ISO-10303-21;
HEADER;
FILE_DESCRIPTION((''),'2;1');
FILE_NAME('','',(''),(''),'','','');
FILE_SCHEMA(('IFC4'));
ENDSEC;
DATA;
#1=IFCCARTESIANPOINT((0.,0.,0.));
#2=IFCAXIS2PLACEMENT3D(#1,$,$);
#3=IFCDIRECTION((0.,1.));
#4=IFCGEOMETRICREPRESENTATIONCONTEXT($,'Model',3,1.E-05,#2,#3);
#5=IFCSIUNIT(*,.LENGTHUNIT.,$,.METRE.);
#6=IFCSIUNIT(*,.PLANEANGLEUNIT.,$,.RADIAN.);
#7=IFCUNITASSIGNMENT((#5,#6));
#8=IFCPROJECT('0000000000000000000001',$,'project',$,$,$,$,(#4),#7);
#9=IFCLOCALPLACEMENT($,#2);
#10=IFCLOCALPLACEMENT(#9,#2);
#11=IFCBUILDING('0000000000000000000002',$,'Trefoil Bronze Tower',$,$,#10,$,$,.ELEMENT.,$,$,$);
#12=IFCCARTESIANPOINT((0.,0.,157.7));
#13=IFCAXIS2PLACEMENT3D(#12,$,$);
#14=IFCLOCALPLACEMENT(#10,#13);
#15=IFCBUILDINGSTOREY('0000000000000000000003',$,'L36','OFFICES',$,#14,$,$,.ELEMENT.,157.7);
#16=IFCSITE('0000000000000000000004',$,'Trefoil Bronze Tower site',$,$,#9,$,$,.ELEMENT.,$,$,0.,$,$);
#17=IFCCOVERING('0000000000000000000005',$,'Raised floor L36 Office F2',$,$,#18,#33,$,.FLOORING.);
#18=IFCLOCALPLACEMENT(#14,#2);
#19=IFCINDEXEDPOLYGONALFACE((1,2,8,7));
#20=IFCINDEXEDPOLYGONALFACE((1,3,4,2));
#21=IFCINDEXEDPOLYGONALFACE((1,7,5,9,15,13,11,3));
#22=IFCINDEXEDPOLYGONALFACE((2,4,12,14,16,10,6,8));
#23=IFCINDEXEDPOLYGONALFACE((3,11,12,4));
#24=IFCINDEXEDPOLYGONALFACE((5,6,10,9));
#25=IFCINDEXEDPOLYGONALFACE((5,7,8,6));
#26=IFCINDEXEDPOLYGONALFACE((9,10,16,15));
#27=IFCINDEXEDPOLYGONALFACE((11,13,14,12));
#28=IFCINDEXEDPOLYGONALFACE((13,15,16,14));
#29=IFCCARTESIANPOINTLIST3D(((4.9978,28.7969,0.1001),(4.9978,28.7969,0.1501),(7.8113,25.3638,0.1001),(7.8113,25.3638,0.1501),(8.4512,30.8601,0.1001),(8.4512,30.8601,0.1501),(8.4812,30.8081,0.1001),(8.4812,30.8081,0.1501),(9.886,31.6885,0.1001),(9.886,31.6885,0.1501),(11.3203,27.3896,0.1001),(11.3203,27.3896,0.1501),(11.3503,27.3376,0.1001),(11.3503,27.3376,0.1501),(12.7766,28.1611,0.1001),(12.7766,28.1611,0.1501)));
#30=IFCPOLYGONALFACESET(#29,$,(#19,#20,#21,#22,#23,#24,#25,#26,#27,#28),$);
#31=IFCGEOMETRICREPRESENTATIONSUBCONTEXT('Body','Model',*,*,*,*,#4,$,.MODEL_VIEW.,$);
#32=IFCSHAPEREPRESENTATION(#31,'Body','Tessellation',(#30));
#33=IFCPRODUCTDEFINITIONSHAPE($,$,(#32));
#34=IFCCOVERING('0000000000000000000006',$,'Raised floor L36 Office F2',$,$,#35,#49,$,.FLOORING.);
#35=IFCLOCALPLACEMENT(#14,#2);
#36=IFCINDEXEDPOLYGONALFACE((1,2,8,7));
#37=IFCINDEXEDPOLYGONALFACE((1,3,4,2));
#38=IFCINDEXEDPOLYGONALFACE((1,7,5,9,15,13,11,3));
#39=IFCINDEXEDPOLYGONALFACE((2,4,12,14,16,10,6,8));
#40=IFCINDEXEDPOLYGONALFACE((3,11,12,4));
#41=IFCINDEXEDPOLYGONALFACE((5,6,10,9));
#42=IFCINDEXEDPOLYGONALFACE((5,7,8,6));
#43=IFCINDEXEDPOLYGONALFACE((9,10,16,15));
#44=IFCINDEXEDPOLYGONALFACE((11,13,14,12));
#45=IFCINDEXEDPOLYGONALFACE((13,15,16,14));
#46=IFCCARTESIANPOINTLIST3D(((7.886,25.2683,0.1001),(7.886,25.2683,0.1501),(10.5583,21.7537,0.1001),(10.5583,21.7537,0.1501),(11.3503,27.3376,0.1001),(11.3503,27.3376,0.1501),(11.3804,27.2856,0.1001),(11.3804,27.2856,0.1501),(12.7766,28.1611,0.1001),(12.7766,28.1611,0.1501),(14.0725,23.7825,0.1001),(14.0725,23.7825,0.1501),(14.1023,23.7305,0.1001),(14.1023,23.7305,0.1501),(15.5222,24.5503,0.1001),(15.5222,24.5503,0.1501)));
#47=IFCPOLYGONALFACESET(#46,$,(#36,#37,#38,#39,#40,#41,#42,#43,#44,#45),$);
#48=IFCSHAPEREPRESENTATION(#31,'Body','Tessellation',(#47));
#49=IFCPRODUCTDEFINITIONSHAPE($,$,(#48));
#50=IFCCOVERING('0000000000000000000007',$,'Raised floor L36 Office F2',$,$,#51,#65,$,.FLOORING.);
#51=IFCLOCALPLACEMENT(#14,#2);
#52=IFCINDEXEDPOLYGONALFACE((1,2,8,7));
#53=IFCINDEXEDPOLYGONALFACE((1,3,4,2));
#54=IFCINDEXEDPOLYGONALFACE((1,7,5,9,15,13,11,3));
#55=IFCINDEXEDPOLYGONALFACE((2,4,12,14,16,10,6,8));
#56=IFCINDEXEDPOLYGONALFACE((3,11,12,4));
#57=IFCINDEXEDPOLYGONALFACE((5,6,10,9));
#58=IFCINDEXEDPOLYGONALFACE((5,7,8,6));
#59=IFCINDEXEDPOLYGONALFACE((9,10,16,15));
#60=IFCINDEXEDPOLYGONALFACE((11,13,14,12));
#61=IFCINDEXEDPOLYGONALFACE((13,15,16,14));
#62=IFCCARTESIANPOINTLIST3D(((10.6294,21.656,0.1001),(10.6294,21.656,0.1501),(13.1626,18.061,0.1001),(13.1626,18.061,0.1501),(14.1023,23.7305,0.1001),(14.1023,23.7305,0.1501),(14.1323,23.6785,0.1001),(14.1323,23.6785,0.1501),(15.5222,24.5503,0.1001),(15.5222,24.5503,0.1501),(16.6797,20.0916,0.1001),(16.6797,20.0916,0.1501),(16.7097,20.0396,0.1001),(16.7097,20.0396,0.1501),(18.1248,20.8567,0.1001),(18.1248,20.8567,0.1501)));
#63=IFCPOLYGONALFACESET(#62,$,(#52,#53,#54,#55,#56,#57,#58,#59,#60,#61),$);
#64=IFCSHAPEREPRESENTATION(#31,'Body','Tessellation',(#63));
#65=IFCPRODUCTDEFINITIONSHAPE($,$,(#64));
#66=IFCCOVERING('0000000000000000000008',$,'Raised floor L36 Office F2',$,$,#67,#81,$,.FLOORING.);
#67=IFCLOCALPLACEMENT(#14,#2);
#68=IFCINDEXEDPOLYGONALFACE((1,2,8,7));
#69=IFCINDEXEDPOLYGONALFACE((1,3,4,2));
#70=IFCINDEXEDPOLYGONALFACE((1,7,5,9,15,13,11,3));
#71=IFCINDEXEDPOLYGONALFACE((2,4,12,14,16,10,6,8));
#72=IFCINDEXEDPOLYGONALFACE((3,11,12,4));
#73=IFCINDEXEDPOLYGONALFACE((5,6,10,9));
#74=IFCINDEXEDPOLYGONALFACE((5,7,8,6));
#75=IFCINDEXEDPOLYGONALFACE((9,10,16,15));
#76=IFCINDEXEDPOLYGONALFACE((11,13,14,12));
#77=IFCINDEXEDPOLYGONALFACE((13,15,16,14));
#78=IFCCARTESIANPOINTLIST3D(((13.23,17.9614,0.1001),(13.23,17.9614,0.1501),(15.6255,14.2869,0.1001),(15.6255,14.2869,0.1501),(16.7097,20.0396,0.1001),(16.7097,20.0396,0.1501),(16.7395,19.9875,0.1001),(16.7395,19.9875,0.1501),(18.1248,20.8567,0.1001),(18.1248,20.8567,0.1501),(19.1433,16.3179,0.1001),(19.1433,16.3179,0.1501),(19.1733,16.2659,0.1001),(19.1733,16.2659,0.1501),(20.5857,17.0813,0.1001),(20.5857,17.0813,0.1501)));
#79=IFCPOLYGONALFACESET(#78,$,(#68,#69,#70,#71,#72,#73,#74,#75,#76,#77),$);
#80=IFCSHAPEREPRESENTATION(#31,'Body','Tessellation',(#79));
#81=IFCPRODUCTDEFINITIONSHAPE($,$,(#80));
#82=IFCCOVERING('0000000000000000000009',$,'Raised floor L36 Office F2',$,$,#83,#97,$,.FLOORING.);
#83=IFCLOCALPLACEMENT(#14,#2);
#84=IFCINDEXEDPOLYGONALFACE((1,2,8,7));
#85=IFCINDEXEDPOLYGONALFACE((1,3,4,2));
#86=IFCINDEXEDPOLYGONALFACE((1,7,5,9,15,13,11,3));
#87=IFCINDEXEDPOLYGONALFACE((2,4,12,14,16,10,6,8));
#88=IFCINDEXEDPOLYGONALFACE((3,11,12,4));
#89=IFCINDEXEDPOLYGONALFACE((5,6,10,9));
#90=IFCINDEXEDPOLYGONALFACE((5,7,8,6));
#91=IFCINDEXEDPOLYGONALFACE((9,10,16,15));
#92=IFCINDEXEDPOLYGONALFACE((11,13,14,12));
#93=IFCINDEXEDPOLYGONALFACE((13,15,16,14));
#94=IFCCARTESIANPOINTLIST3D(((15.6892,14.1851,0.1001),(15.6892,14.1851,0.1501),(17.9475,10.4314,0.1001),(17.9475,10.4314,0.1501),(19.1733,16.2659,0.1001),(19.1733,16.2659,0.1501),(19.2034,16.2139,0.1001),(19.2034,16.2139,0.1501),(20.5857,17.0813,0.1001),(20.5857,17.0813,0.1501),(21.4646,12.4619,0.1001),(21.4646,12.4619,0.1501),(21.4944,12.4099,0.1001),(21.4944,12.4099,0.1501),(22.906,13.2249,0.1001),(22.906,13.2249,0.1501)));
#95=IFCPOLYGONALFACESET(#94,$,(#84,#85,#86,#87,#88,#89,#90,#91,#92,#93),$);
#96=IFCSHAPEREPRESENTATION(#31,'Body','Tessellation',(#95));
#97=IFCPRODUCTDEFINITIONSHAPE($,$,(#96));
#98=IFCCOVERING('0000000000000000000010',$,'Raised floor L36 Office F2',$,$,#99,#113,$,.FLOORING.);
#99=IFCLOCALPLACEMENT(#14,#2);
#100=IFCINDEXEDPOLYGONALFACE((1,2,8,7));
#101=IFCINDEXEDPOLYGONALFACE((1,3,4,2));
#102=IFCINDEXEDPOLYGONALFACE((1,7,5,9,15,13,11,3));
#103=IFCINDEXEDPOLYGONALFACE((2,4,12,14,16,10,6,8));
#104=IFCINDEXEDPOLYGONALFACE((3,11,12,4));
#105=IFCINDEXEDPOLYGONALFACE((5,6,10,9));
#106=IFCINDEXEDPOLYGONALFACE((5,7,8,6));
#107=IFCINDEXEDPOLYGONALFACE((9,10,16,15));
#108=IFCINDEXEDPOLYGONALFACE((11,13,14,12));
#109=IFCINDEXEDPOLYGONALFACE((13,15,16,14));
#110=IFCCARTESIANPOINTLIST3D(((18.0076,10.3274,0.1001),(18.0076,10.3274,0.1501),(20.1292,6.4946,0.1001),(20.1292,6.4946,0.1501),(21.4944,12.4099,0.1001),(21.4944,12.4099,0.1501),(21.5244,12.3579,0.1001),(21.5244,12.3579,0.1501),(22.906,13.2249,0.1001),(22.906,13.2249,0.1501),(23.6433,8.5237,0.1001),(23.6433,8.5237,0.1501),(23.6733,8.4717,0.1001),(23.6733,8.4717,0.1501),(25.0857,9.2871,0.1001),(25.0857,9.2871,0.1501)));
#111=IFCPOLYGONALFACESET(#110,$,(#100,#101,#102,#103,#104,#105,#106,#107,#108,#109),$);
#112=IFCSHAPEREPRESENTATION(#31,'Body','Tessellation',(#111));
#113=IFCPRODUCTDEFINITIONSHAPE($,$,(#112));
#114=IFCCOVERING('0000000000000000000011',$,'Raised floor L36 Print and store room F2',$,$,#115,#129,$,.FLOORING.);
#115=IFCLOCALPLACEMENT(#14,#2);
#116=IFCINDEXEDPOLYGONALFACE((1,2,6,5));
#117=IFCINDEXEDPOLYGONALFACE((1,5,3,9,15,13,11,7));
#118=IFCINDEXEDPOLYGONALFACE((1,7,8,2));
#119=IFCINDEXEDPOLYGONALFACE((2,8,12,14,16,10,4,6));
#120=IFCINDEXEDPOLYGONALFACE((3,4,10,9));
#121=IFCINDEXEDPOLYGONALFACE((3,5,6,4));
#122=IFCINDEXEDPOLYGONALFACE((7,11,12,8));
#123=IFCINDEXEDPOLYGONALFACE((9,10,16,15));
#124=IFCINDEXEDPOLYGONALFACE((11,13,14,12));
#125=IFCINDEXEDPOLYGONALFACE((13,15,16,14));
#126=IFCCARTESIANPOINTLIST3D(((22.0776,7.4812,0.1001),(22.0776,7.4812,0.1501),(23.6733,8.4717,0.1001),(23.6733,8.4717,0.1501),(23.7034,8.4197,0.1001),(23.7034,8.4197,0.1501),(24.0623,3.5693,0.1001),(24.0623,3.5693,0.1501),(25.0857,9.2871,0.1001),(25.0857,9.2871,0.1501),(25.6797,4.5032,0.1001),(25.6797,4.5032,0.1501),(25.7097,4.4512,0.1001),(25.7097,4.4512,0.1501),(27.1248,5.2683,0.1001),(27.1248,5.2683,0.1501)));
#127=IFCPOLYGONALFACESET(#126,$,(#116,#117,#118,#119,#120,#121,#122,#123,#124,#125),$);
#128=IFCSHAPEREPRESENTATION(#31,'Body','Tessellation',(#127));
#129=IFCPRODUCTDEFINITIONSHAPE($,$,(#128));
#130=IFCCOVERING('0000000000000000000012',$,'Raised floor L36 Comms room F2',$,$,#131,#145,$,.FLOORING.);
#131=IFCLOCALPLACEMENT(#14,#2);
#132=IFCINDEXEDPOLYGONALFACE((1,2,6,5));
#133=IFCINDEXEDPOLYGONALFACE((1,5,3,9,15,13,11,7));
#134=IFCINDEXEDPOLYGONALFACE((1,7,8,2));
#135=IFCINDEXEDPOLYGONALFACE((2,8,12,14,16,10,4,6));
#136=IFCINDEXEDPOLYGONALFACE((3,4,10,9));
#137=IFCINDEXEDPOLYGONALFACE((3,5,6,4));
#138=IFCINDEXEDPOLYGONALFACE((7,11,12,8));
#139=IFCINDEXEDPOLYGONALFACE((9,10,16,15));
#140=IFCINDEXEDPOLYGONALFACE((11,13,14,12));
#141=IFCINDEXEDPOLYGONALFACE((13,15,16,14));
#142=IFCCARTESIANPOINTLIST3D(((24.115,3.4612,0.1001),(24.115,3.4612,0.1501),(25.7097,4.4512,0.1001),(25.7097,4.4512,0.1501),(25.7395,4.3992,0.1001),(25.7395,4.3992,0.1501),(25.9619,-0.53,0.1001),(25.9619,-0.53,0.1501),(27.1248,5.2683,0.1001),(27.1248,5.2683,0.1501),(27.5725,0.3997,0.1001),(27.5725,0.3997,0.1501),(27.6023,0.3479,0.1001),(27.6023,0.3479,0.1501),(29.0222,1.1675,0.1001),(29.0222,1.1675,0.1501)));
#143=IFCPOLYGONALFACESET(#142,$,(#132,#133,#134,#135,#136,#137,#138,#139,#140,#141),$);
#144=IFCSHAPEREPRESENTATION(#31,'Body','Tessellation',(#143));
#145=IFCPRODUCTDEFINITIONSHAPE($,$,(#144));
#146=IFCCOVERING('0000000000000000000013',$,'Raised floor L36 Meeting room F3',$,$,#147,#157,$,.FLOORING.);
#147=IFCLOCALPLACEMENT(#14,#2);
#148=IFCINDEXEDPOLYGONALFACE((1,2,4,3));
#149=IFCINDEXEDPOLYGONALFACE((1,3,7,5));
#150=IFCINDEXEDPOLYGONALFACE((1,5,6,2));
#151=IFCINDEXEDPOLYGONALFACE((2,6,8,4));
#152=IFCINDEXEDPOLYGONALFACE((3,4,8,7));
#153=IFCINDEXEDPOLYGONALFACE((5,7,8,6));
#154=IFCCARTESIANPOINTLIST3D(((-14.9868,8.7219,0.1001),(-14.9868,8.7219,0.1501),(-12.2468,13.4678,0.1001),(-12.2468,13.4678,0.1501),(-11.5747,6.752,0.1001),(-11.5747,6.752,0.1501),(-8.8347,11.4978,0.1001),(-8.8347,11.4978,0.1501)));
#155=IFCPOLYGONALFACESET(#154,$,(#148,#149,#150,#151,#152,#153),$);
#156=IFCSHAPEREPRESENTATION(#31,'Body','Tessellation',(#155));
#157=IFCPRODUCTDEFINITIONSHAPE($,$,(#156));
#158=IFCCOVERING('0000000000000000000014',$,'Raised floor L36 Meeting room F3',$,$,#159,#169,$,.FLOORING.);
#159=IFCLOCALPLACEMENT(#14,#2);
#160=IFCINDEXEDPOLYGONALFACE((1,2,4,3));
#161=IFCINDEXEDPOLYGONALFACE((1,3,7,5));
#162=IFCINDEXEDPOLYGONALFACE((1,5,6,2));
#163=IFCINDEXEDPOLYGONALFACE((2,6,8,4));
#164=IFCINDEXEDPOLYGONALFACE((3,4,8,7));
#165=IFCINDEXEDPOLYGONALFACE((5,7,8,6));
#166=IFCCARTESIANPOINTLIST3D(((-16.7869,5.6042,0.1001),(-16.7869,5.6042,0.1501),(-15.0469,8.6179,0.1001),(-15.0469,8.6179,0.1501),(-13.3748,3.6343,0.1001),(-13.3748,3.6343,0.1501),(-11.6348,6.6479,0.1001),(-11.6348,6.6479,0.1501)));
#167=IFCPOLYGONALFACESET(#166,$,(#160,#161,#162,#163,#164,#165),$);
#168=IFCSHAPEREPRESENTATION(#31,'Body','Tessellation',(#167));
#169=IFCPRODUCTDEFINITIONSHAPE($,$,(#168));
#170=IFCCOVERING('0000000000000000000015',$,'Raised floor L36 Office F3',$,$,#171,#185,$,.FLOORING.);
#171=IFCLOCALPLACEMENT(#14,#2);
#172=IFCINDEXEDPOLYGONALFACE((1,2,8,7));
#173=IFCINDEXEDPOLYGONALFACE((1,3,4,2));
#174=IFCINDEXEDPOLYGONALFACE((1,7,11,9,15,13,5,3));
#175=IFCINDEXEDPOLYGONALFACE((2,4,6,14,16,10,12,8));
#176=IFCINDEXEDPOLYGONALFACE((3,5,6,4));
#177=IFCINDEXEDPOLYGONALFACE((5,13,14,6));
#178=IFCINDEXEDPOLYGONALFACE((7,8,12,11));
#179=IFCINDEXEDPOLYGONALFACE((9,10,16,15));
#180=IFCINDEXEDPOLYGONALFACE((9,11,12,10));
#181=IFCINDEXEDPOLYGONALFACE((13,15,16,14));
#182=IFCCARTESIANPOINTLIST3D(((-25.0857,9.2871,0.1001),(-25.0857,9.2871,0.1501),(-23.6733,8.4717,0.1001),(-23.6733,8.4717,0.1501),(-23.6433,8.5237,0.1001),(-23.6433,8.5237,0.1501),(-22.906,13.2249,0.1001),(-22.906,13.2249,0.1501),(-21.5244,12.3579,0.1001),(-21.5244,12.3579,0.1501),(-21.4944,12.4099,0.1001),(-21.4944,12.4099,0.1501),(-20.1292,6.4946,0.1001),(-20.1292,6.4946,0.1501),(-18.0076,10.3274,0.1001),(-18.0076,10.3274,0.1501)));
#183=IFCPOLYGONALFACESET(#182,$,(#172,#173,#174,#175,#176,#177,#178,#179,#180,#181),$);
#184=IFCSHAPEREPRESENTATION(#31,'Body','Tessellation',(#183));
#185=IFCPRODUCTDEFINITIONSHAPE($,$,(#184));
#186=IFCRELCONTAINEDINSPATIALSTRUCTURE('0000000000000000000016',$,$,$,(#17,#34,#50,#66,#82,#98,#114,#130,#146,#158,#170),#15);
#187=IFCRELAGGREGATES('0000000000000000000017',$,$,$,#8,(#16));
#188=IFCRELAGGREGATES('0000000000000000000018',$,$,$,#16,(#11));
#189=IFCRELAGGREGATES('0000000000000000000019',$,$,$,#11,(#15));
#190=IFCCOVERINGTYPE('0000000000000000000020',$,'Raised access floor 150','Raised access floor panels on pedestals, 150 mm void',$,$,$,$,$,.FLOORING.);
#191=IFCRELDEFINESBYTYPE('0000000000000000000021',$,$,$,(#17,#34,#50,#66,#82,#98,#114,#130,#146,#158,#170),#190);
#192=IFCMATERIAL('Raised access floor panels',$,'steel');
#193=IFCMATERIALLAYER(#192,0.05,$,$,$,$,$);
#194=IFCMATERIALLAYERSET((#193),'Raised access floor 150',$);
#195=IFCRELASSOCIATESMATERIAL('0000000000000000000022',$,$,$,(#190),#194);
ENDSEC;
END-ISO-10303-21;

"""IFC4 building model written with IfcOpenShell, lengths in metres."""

from ifc_helpers import new_model, si_unit, direction, frame, origin, place, context, subcontext, project, spatial, polyline, outline, extrude, material, layer, layer_set, type_object, element, save


model = new_model("IFC4")

# Units and contexts
model_context = context("Model", 3, precision=1e-05, world=origin(), true_north=direction((0.0, 1.0)))
body_context = subcontext(model_context, "Body", "Model", "MODEL_VIEW")
ifc_project = project(units=[si_unit("LENGTHUNIT", "METRE"), si_unit("PLANEANGLEUNIT", "RADIAN")], contexts=[model_context])

# Site, building, storey
site_placement = place(None, origin())
site = spatial("IfcSite", under=ifc_project, at=site_placement, Name="Trefoil Bronze Tower site", CompositionType="ELEMENT", RefElevation=0.0)
building_placement = place(site_placement, origin())
building = spatial("IfcBuilding", under=site, at=building_placement, Name="Trefoil Bronze Tower", CompositionType="ELEMENT")
storey_placement = place(building_placement, frame((0.0, 0.0, 157.7)))
storey = spatial("IfcBuildingStorey", under=building, at=storey_placement, Name="L36", Description="OFFICES", CompositionType="ELEMENT", Elevation=157.7)

# Coverings
ifc_material_1 = material(Name="Raised access floor panels", Category="steel")
ifc_layer_1 = layer(ifc_material_1, 0.05)
ifc_layer_set_1 = layer_set([ifc_layer_1], Name="Raised access floor 150")
covering_type_1 = type_object("IfcCoveringType", Name="Raised access floor 150", Description="Raised access floor panels on pedestals, 150 mm void", PredefinedType="FLOORING", material=ifc_layer_set_1)
covering_1_placement = place(storey_placement, frame((0.0, 0.0, 0.1001)))
element("IfcCovering", 1, at=covering_1_placement, inside=storey, type_object=covering_type_1, Name="Raised floor L36 Office F2", PredefinedType="FLOORING", context=body_context, shape_type="SweptSolid", body=[
    extrude(outline(polyline([(9.886, 31.6885), (12.7766, 28.1611), (11.3503, 27.3376), (11.3203, 27.3896), (7.8113, 25.3638), (4.9978, 28.7969), (8.4812, 30.8081), (8.4512, 30.8601), (9.886, 31.6885)])), origin(), (0.0, 0.0, 1.0), 0.05),
])
covering_2_placement = place(storey_placement, frame((0.0, 0.0, 0.1001)))
element("IfcCovering", 2, at=covering_2_placement, inside=storey, type_object=covering_type_1, Name="Raised floor L36 Office F2", PredefinedType="FLOORING", context=body_context, shape_type="SweptSolid", body=[
    extrude(outline(polyline([(12.7766, 28.1611), (15.5222, 24.5503), (14.1023, 23.7305), (14.0725, 23.7825), (10.5583, 21.7537), (7.886, 25.2683), (11.3804, 27.2856), (11.3503, 27.3376), (12.7766, 28.1611)])), origin(), (0.0, 0.0, 1.0), 0.05),
])
covering_3_placement = place(storey_placement, frame((0.0, 0.0, 0.1001)))
element("IfcCovering", 3, at=covering_3_placement, inside=storey, type_object=covering_type_1, Name="Raised floor L36 Office F2", PredefinedType="FLOORING", context=body_context, shape_type="SweptSolid", body=[
    extrude(outline(polyline([(18.1248, 20.8567), (16.7097, 20.0396), (16.6797, 20.0916), (13.1626, 18.061), (10.6294, 21.656), (14.1323, 23.6785), (14.1023, 23.7305), (15.5222, 24.5503), (18.1248, 20.8567)])), origin(), (0.0, 0.0, 1.0), 0.05),
])
covering_4_placement = place(storey_placement, frame((0.0, 0.0, 0.1001)))
element("IfcCovering", 4, at=covering_4_placement, inside=storey, type_object=covering_type_1, Name="Raised floor L36 Office F2", PredefinedType="FLOORING", context=body_context, shape_type="SweptSolid", body=[
    extrude(outline(polyline([(20.5857, 17.0813), (19.1733, 16.2659), (19.1433, 16.3179), (15.6255, 14.2869), (13.23, 17.9614), (16.7395, 19.9875), (16.7097, 20.0396), (18.1248, 20.8567), (20.5857, 17.0813)])), origin(), (0.0, 0.0, 1.0), 0.05),
])
covering_5_placement = place(storey_placement, frame((0.0, 0.0, 0.1001)))
element("IfcCovering", 5, at=covering_5_placement, inside=storey, type_object=covering_type_1, Name="Raised floor L36 Office F2", PredefinedType="FLOORING", context=body_context, shape_type="SweptSolid", body=[
    extrude(outline(polyline([(20.5857, 17.0813), (22.906, 13.2249), (21.4944, 12.4099), (21.4646, 12.4619), (17.9475, 10.4314), (15.6892, 14.1851), (19.2034, 16.2139), (19.1733, 16.2659), (20.5857, 17.0813)])), origin(), (0.0, 0.0, 1.0), 0.05),
])
covering_6_placement = place(storey_placement, frame((0.0, 0.0, 0.1001)))
element("IfcCovering", 6, at=covering_6_placement, inside=storey, type_object=covering_type_1, Name="Raised floor L36 Office F2", PredefinedType="FLOORING", context=body_context, shape_type="SweptSolid", body=[
    extrude(outline(polyline([(22.906, 13.2249), (25.0857, 9.2871), (23.6733, 8.4717), (23.6433, 8.5237), (20.1292, 6.4946), (18.0076, 10.3274), (21.5244, 12.3579), (21.4944, 12.4099), (22.906, 13.2249)])), origin(), (0.0, 0.0, 1.0), 0.05),
])
covering_7_placement = place(storey_placement, frame((0.0, 0.0, 0.1001)))
element("IfcCovering", 7, at=covering_7_placement, inside=storey, type_object=covering_type_1, Name="Raised floor L36 Print and store room F2", PredefinedType="FLOORING", context=body_context, shape_type="SweptSolid", body=[
    extrude(outline(polyline([(25.0857, 9.2871), (27.1248, 5.2683), (25.7097, 4.4512), (25.6797, 4.5032), (24.0623, 3.5693), (22.0776, 7.4812), (23.7034, 8.4197), (23.6733, 8.4717), (25.0857, 9.2871)])), origin(), (0.0, 0.0, 1.0), 0.05),
])
covering_8_placement = place(storey_placement, frame((0.0, 0.0, 0.1001)))
element("IfcCovering", 8, at=covering_8_placement, inside=storey, type_object=covering_type_1, Name="Raised floor L36 Comms room F2", PredefinedType="FLOORING", context=body_context, shape_type="SweptSolid", body=[
    extrude(outline(polyline([(27.1248, 5.2683), (29.0222, 1.1675), (27.6023, 0.3479), (27.5725, 0.3997), (25.9619, -0.53), (24.115, 3.4612), (25.7395, 4.3992), (25.7097, 4.4512), (27.1248, 5.2683)])), origin(), (0.0, 0.0, 1.0), 0.05),
])
covering_9_placement = place(storey_placement, frame((0.0, 0.0, 0.1001)))
element("IfcCovering", 9, at=covering_9_placement, inside=storey, type_object=covering_type_1, Name="Raised floor L36 Meeting room F3", PredefinedType="FLOORING", context=body_context, shape_type="SweptSolid", body=[
    extrude(outline(polyline([(-11.5747, 6.752), (-14.9868, 8.7219), (-12.2468, 13.4678), (-8.8347, 11.4978), (-11.5747, 6.752)])), origin(), (0.0, 0.0, 1.0), 0.05),
])
covering_10_placement = place(storey_placement, frame((0.0, 0.0, 0.1001)))
element("IfcCovering", 10, at=covering_10_placement, inside=storey, type_object=covering_type_1, Name="Raised floor L36 Meeting room F3", PredefinedType="FLOORING", context=body_context, shape_type="SweptSolid", body=[
    extrude(outline(polyline([(-13.3748, 3.6343), (-16.7869, 5.6042), (-15.0469, 8.6179), (-11.6348, 6.6479), (-13.3748, 3.6343)])), origin(), (0.0, 0.0, 1.0), 0.05),
])
covering_11_placement = place(storey_placement, frame((0.0, 0.0, 0.1001)))
element("IfcCovering", 11, at=covering_11_placement, inside=storey, type_object=covering_type_1, Name="Raised floor L36 Office F3", PredefinedType="FLOORING", context=body_context, shape_type="SweptSolid", body=[
    extrude(outline(polyline([(-25.0857, 9.2871), (-22.906, 13.2249), (-21.4944, 12.4099), (-21.5244, 12.3579), (-18.0076, 10.3274), (-20.1292, 6.4946), (-23.6433, 8.5237), (-23.6733, 8.4717), (-25.0857, 9.2871)])), origin(), (0.0, 0.0, 1.0), 0.05),
])

save(model, "model.ifc")
